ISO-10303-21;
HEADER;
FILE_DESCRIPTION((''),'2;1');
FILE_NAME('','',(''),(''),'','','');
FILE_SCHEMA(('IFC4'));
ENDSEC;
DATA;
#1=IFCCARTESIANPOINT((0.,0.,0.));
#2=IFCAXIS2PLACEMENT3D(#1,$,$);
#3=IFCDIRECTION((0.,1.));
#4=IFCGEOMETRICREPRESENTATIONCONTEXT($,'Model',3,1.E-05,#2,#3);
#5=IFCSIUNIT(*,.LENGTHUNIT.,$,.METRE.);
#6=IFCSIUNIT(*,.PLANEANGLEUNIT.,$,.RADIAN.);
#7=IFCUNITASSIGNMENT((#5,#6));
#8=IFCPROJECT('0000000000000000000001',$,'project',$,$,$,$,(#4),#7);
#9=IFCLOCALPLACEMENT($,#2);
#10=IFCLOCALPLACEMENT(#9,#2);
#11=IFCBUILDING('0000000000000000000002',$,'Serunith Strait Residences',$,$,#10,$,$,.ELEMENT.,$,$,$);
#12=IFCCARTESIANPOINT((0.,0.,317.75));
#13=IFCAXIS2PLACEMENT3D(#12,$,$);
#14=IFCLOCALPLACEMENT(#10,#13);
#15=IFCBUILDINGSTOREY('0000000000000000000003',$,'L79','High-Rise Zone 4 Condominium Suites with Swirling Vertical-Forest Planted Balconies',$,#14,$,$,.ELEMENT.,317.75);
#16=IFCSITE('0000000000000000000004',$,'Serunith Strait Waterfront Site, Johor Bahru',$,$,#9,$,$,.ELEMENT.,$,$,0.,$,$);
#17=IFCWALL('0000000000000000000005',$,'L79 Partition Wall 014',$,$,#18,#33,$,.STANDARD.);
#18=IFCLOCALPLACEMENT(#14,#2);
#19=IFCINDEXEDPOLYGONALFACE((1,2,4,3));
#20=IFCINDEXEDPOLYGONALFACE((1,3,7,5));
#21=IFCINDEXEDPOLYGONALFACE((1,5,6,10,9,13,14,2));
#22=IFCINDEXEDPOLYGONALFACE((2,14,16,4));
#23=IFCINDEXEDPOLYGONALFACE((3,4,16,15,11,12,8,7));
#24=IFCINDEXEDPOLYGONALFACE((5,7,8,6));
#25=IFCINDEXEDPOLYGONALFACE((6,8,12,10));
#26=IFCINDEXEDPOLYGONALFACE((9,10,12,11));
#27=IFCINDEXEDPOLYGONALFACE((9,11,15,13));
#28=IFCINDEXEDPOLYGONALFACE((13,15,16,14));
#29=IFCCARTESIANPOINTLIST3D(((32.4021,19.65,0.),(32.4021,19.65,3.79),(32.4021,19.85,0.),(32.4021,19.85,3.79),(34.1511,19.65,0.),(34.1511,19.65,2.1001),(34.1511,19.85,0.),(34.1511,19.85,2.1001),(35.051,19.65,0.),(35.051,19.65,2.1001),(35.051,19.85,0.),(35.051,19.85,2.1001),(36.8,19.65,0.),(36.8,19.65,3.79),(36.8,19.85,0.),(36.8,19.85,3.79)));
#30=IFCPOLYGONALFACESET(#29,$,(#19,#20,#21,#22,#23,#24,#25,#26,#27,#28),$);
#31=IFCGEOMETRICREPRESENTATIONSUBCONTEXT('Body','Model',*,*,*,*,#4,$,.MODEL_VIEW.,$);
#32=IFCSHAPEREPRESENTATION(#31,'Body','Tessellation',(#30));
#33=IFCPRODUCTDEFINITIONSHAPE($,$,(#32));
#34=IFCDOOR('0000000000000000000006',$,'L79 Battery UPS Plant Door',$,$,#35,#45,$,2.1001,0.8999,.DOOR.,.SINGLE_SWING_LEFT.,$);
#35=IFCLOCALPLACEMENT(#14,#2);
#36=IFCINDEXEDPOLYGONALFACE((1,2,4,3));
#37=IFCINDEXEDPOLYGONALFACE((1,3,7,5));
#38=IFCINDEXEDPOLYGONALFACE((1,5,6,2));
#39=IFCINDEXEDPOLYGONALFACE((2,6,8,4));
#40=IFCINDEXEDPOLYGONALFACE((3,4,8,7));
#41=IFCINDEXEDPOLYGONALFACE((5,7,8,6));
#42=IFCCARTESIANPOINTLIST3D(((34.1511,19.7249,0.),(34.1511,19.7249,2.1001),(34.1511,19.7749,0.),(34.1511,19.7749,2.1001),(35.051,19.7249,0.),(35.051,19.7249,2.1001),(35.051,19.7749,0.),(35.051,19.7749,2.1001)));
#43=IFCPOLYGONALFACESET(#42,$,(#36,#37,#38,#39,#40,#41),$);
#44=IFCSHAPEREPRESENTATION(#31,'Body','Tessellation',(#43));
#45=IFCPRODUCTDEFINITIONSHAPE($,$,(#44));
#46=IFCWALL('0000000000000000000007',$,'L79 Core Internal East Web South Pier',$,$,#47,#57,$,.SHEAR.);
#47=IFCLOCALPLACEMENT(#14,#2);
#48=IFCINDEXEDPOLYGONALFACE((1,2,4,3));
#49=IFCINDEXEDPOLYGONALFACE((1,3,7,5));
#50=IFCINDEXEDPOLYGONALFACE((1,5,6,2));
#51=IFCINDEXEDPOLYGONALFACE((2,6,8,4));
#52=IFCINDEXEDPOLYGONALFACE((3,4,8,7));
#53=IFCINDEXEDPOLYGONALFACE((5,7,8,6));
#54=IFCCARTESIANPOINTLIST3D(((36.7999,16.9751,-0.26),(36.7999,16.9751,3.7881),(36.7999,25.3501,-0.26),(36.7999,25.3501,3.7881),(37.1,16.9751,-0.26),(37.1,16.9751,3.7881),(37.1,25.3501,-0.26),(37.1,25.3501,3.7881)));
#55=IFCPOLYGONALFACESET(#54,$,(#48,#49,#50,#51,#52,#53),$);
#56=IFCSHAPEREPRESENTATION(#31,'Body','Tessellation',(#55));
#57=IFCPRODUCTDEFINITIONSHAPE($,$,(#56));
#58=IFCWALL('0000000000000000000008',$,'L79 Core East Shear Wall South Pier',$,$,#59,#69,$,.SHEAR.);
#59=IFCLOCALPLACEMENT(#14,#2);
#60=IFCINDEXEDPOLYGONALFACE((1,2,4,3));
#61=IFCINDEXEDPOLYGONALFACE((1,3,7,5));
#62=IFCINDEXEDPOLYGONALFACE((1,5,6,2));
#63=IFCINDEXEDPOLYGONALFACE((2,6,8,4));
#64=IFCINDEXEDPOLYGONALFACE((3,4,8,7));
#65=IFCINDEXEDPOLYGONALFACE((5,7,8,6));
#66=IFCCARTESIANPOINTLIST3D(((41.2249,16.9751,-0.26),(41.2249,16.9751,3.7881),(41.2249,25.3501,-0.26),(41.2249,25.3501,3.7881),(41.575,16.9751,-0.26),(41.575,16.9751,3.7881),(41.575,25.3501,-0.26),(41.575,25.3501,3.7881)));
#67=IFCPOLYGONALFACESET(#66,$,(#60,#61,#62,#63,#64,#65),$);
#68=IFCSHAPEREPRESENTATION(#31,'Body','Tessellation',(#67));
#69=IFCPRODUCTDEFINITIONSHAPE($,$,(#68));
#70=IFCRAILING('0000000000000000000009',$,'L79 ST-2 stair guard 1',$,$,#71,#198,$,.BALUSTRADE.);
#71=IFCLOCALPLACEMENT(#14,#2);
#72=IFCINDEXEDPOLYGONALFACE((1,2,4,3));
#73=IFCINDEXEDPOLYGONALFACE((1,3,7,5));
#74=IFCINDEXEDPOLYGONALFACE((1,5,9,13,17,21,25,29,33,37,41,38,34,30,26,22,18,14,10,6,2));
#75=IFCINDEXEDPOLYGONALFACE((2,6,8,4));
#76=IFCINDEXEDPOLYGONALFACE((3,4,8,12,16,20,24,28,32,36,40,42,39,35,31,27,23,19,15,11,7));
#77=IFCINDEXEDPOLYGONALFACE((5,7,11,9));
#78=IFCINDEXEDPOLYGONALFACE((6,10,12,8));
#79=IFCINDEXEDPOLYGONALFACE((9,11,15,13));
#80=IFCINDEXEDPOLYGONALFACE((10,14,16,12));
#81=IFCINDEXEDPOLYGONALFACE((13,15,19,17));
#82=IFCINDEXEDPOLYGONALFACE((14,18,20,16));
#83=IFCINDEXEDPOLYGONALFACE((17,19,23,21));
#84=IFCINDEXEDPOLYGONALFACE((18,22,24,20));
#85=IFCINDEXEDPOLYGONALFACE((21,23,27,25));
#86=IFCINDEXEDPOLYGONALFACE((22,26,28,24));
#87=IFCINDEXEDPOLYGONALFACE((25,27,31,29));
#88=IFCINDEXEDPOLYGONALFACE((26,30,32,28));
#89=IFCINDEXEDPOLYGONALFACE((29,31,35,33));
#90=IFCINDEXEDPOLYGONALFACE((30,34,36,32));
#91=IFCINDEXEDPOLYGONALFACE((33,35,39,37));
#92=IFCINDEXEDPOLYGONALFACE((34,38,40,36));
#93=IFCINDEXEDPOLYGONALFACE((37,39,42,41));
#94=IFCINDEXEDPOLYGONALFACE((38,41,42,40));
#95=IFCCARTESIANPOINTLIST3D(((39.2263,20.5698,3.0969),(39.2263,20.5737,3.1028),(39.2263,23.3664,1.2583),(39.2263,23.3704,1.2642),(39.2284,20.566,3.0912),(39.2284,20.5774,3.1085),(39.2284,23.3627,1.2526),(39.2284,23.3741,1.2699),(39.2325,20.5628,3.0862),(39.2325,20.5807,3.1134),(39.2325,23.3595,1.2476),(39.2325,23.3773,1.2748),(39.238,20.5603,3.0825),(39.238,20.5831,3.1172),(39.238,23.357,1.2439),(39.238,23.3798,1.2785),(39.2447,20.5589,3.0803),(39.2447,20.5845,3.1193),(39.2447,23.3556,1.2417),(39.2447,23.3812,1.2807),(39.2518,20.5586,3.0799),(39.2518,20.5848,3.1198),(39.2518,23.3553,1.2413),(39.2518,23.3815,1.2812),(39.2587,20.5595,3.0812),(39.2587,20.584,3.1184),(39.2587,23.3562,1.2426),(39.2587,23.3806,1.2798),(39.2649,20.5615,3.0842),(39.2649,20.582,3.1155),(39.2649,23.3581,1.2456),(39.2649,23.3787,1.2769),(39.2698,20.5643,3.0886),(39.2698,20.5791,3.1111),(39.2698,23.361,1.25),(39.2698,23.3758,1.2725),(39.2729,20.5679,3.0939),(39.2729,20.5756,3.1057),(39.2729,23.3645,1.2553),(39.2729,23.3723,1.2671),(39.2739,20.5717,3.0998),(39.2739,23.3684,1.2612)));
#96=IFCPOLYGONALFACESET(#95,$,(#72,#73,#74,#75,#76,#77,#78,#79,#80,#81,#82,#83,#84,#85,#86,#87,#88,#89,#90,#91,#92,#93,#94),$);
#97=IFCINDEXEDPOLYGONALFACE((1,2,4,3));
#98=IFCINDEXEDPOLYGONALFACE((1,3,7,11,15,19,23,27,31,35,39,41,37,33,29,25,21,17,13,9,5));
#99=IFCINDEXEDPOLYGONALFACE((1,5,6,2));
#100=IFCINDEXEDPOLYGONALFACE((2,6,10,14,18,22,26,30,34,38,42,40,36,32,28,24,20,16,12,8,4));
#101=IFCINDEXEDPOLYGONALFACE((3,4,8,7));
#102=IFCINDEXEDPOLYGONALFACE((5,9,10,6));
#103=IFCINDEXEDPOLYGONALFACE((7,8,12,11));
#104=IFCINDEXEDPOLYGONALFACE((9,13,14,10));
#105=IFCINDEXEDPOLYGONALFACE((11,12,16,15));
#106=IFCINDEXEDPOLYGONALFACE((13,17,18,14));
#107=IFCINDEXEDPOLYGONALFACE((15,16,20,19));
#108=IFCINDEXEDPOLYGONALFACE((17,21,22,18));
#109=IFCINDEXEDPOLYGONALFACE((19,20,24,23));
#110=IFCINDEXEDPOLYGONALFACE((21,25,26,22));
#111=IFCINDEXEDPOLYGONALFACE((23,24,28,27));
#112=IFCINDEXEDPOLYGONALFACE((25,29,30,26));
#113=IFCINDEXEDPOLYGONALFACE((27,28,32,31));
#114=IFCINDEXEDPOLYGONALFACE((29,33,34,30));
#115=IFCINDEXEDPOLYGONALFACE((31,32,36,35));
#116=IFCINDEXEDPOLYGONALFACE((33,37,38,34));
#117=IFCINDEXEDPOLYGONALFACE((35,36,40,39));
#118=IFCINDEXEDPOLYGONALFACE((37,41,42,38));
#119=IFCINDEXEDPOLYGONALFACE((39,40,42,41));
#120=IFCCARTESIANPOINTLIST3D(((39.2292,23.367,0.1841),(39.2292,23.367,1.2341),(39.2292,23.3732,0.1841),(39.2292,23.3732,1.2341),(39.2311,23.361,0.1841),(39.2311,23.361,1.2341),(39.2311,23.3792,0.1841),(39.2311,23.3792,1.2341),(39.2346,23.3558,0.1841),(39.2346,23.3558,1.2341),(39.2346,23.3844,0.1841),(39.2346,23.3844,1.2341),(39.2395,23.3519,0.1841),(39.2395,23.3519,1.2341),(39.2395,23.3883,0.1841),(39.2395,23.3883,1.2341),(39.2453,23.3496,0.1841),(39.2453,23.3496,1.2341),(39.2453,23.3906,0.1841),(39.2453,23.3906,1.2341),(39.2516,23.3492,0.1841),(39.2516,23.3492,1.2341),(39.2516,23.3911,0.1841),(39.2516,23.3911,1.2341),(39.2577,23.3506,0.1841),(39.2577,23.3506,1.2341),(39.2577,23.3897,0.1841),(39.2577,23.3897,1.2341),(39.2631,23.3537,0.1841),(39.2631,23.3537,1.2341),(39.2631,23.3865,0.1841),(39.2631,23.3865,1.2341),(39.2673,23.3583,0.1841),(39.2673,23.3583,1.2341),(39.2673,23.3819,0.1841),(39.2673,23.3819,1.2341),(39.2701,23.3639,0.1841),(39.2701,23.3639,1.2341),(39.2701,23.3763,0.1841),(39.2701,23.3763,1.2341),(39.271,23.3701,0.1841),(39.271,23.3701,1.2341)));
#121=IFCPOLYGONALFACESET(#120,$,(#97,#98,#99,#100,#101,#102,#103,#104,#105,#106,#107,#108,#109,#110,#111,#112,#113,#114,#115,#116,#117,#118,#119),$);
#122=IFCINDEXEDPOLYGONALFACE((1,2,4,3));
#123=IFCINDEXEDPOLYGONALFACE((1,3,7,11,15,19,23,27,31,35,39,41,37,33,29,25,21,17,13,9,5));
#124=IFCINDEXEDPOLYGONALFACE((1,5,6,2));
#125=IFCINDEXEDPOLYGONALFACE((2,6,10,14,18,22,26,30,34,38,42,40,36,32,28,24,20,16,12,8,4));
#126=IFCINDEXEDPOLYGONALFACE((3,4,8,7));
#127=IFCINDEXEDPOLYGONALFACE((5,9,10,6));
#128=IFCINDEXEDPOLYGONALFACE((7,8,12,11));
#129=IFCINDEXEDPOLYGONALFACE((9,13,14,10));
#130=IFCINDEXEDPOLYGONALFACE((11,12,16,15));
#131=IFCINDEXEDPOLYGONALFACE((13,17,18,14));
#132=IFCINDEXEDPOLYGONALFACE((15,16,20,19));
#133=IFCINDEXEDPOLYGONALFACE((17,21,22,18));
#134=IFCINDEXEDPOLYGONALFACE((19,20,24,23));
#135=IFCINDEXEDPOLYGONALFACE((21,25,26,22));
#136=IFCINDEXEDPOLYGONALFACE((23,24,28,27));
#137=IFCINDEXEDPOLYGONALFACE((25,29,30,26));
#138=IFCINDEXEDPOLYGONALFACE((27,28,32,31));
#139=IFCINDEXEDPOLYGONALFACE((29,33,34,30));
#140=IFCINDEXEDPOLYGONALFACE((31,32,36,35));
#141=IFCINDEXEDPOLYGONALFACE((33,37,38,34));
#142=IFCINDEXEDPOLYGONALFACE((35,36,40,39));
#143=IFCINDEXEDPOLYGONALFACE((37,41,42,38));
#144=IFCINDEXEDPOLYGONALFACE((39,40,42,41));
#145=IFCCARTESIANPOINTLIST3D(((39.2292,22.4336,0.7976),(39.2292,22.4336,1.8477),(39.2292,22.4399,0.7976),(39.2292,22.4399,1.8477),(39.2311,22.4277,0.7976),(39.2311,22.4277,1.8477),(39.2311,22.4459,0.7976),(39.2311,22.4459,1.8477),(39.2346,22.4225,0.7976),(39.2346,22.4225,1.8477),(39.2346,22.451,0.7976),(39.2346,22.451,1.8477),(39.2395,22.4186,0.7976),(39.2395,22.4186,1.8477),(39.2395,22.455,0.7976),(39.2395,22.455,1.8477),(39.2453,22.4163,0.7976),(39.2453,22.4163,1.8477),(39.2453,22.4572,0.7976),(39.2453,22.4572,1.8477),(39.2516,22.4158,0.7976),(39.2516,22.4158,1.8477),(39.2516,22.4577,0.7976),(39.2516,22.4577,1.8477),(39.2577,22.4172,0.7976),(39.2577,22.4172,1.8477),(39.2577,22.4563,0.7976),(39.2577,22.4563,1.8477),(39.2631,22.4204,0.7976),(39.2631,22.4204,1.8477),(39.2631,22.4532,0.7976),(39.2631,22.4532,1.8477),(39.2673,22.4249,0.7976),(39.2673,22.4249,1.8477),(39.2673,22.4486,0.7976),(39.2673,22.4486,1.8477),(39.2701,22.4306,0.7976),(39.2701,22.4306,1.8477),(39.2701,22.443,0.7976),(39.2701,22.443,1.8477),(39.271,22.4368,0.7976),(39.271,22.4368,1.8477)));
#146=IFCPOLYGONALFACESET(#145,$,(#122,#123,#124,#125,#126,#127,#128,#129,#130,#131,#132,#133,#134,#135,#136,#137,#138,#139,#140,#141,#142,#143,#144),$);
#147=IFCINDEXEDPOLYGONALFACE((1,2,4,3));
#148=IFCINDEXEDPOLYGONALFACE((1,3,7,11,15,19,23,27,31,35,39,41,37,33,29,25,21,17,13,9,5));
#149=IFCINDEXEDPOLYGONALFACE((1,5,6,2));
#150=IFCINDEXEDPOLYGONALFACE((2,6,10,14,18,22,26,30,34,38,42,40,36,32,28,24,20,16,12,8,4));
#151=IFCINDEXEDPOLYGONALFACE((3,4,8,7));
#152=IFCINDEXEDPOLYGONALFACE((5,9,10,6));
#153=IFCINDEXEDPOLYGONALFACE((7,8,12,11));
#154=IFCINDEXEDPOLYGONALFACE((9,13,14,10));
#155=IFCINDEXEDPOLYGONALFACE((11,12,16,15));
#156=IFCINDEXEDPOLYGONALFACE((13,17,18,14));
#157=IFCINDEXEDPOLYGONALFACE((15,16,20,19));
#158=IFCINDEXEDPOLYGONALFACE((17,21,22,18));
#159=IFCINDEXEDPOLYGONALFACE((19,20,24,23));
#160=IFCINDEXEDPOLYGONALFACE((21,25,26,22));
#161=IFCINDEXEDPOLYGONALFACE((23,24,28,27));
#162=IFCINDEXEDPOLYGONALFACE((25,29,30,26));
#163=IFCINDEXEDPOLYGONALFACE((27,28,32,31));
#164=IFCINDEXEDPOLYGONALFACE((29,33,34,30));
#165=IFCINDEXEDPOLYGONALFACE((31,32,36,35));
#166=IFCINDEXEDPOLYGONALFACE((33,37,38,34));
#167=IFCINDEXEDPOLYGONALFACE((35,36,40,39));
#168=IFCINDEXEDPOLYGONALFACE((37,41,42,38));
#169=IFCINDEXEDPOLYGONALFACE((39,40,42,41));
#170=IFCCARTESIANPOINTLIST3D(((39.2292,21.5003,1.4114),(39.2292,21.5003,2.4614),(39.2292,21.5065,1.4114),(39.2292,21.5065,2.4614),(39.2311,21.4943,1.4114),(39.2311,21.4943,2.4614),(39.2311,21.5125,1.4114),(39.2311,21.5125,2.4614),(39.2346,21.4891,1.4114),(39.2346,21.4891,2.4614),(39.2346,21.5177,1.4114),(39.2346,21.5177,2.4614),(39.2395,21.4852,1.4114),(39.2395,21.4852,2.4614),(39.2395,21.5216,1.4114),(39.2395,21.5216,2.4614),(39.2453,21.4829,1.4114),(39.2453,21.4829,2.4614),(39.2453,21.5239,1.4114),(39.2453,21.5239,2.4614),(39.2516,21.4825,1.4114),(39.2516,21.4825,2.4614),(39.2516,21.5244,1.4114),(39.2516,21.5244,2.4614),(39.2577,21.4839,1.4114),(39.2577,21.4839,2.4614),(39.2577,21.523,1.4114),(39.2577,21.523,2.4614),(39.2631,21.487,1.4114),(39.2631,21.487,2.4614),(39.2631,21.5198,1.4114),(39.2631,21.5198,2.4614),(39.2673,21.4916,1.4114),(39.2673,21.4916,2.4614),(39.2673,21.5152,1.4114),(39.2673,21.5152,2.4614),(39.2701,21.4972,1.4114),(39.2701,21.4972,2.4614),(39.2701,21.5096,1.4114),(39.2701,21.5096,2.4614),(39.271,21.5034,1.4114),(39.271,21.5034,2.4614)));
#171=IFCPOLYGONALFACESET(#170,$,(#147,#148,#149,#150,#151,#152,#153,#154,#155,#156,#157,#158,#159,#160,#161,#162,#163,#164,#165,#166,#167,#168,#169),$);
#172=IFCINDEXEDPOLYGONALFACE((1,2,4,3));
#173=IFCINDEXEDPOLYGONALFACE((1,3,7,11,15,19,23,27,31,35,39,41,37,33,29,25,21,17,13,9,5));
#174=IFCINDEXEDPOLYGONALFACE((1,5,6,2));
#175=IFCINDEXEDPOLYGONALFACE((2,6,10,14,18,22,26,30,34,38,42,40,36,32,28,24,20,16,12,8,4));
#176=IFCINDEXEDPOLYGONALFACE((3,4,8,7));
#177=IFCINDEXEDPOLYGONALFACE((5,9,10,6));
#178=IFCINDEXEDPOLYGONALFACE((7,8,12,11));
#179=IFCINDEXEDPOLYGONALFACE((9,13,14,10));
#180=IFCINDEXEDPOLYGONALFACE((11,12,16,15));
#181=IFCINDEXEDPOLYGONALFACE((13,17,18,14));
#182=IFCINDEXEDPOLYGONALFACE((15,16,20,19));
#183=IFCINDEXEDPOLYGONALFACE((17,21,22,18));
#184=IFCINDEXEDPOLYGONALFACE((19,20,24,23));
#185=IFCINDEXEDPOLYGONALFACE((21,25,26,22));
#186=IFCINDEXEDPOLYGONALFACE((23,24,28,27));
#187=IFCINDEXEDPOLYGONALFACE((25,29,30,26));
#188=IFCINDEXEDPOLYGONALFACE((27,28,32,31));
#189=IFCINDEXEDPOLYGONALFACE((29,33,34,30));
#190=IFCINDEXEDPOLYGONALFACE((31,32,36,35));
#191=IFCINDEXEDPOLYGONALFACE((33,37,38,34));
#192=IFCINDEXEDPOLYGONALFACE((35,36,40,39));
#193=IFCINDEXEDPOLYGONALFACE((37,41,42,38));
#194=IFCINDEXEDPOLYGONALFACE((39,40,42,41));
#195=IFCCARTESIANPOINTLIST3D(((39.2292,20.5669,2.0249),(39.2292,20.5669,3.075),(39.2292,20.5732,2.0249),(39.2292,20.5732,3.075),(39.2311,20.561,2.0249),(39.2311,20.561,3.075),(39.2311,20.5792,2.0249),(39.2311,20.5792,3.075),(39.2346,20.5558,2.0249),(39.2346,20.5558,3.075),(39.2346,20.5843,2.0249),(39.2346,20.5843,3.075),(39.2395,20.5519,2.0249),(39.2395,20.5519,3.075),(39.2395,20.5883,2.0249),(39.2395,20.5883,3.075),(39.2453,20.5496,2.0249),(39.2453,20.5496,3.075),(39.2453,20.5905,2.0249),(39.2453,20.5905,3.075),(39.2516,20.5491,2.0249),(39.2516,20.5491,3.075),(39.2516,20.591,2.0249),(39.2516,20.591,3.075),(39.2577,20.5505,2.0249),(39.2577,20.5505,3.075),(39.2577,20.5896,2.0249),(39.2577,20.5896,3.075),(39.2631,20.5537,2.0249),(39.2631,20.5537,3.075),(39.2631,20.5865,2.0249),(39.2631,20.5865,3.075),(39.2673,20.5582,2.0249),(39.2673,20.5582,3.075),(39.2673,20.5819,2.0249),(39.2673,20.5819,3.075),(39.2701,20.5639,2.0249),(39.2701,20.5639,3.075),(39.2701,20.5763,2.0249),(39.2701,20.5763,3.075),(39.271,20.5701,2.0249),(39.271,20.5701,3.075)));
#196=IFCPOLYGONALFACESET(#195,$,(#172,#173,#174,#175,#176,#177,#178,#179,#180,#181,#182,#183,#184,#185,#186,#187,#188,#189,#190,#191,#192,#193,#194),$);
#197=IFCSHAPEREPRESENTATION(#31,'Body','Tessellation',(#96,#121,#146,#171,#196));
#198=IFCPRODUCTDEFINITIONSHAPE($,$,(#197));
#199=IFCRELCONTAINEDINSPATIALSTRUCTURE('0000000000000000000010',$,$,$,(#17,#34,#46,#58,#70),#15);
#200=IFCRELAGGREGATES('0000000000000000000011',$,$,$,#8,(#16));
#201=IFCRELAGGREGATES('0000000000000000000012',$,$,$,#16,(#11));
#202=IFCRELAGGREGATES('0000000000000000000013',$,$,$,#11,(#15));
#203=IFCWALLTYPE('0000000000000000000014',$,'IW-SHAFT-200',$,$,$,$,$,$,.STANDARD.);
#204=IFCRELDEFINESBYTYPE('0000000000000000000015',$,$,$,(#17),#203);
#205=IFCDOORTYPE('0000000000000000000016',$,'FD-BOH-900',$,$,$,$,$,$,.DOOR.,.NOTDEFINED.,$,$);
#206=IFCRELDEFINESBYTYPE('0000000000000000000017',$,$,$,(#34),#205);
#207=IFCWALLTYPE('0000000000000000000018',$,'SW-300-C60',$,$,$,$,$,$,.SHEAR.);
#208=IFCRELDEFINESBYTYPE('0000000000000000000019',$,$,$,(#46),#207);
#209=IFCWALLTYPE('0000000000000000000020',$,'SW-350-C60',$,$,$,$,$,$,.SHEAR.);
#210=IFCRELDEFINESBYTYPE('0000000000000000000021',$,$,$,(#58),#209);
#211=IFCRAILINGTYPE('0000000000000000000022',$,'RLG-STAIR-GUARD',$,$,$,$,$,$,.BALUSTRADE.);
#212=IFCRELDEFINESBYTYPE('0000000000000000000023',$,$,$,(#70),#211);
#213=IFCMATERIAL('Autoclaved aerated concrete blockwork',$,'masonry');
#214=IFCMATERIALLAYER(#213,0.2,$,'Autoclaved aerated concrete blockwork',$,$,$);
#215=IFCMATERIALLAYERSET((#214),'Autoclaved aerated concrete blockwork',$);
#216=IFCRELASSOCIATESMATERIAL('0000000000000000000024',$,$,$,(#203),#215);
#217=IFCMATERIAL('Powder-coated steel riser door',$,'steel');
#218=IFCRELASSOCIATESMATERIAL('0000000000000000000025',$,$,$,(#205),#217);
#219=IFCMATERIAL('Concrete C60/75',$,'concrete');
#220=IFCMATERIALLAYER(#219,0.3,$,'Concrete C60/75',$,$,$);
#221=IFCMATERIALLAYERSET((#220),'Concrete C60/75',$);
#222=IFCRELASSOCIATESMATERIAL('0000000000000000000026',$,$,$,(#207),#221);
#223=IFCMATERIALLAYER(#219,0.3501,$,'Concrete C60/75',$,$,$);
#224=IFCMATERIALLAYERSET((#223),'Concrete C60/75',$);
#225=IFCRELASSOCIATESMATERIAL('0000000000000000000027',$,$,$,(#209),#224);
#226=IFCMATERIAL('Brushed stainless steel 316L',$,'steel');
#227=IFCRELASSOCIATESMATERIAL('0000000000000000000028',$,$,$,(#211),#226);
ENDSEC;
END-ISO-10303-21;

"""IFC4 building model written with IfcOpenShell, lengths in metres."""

from ifc_helpers import new_model, si_unit, direction, frame, frame_2d, origin, origin_2d, place, context, subcontext, project, spatial, rectangle, circle, extrude, source, transform, mapped, material, layer, layer_set, type_object, element, fill, save


model = new_model("IFC4")

# Units and contexts
model_context = context("Model", 3, precision=1e-05, world=origin(), true_north=direction((0.0, 1.0)))
body_context = subcontext(model_context, "Body", "Model", "MODEL_VIEW")
ifc_project = project(units=[si_unit("LENGTHUNIT", "METRE"), si_unit("PLANEANGLEUNIT", "RADIAN")], contexts=[model_context])

# Site, building, storey
site_placement = place(None, origin())
site = spatial("IfcSite", under=ifc_project, at=site_placement, Name="Serunith Strait Waterfront Site, Johor Bahru", CompositionType="ELEMENT", RefElevation=0.0)
building_placement = place(site_placement, origin())
building = spatial("IfcBuilding", under=site, at=building_placement, Name="Serunith Strait Residences", CompositionType="ELEMENT")
storey_placement = place(building_placement, frame((0.0, 0.0, 317.75)))
storey = spatial("IfcBuildingStorey", under=building, at=storey_placement, Name="L79", Description="High-Rise Zone 4 Condominium Suites with Swirling Vertical-Forest Planted Balconies", CompositionType="ELEMENT", Elevation=317.75)

# Shared definitions
ifc_material_1 = material(Name="Concrete C60/75", Category="concrete")

# Wall, opening, door
ifc_material_2 = material(Name="Autoclaved aerated concrete blockwork", Category="masonry")
ifc_layer_1 = layer(ifc_material_2, 0.2, Name="Autoclaved aerated concrete blockwork")
ifc_layer_set_1 = layer_set([ifc_layer_1], Name="Autoclaved aerated concrete blockwork")
wall_type_1 = type_object("IfcWallType", Name="IW-SHAFT-200", PredefinedType="STANDARD", material=ifc_layer_set_1)
wall_1_placement = place(storey_placement, frame((32.4021, 19.75, 0.0), z_axis=(0.0, 0.0, 1.0), x_axis=(1.0, 0.0, 0.0)))
wall_1 = element("IfcWall", 1, at=wall_1_placement, inside=storey, type_object=wall_type_1, Name="L79 Partition Wall 014", PredefinedType="STANDARD", context=body_context, shape_type="SweptSolid", body=[
    extrude(rectangle(XDim=4.3979, YDim=0.2, at=frame_2d((2.199, 0.0))), origin(), (0.0, 0.0, 1.0), 3.79),
])
opening_placement = place(wall_1_placement, frame((1.749, 0.0, 0.0)))
opening = element("IfcOpeningElement", 2, at=opening_placement, cuts=wall_1, PredefinedType="OPENING", context=body_context, shape_type="SweptSolid", body=[
    extrude(rectangle(XDim=0.8999, YDim=2.1001, at=frame_2d((0.45, 1.05))), frame((0.0, 0.1099, 0.0), z_axis=(0.0, -1.0, 0.0), x_axis=(1.0, 0.0, 0.0)), (0.0, 0.0, 1.0), 0.22),
])
ifc_material_3 = material(Name="Powder-coated steel riser door", Category="steel")
door_type = type_object("IfcDoorType", Name="FD-BOH-900", OperationType="NOTDEFINED", PredefinedType="DOOR", material=ifc_material_3)
shared_shape_1 = source(origin(), body_context, "Body", "SweptSolid", [
    extrude(rectangle(XDim=0.8999, YDim=2.1001, at=frame_2d((0.45, 1.05))), frame((0.0, 0.0249, 0.0), z_axis=(0.0, -1.0, 0.0), x_axis=(1.0, 0.0, 0.0)), (0.0, 0.0, 1.0), 0.05),
])
door_placement = place(opening_placement, origin())
door = element("IfcDoor", 3, at=door_placement, inside=storey, type_object=door_type, Name="L79 Battery UPS Plant Door", OperationType="SINGLE_SWING_LEFT", OverallHeight=2.1001, OverallWidth=0.8999, PredefinedType="DOOR", context=body_context, shape_type="MappedRepresentation", body=[
    mapped(shared_shape_1, transform((0.0, 0.0, 0.0), scale=1.0)),
])
fill(opening, door)

# Walls
ifc_layer_2 = layer(ifc_material_1, 0.3, Name="Concrete C60/75")
ifc_layer_set_2 = layer_set([ifc_layer_2], Name="Concrete C60/75")
wall_type_2 = type_object("IfcWallType", Name="SW-300-C60", PredefinedType="SHEAR", material=ifc_layer_set_2)
wall_2_placement = place(storey_placement, frame((36.95, 16.9751, -0.26), z_axis=(0.0, 0.0, 1.0), x_axis=(0.0, 1.0, 0.0)))
element("IfcWall", 4, at=wall_2_placement, inside=storey, type_object=wall_type_2, Name="L79 Core Internal East Web South Pier", PredefinedType="SHEAR", context=body_context, shape_type="SweptSolid", body=[
    extrude(rectangle(XDim=8.375, YDim=0.3, at=frame_2d((4.1875, 0.0))), origin(), (0.0, 0.0, 1.0), 4.0481),
])
ifc_layer_3 = layer(ifc_material_1, 0.3501, Name="Concrete C60/75")
ifc_layer_set_3 = layer_set([ifc_layer_3], Name="Concrete C60/75")
wall_type_3 = type_object("IfcWallType", Name="SW-350-C60", PredefinedType="SHEAR", material=ifc_layer_set_3)
wall_3_placement = place(storey_placement, frame((41.3999, 16.9751, -0.26), z_axis=(0.0, 0.0, 1.0), x_axis=(0.0, 1.0, 0.0)))
element("IfcWall", 5, at=wall_3_placement, inside=storey, type_object=wall_type_3, Name="L79 Core East Shear Wall South Pier", PredefinedType="SHEAR", context=body_context, shape_type="SweptSolid", body=[
    extrude(rectangle(XDim=8.375, YDim=0.3501, at=frame_2d((4.1875, 0.0))), origin(), (0.0, 0.0, 1.0), 4.0481),
])

# Railing
ifc_material_4 = material(Name="Brushed stainless steel 316L", Category="steel")
railing_type_1 = type_object("IfcRailingType", Name="RLG-STAIR-GUARD", PredefinedType="BALUSTRADE", material=ifc_material_4)
railing_1_placement = place(storey_placement, frame((39.25, 23.3701, 0.1841)))
element("IfcRailing", 6, at=railing_1_placement, inside=storey, type_object=railing_type_1, Name="L79 ST-2 stair guard 1", PredefinedType="BALUSTRADE", context=body_context, shape_type="SweptSolid", body=[
    extrude(circle(Radius=0.0239, at=origin_2d()), frame((0.0, -0.0017, 1.0771), z_axis=(0.0, -0.835598, 0.549342), x_axis=(1.0, 0.0, 0.0)), (0.0, 0.0, 1.0), 3.3469),
    extrude(circle(Radius=0.021, at=origin_2d()), origin(), (0.0, 0.0, 1.0), 1.05),
    extrude(circle(Radius=0.021, at=origin_2d()), frame((0.0, -0.9333, 0.6135)), (0.0, 0.0, 1.0), 1.05),
    extrude(circle(Radius=0.021, at=origin_2d()), frame((0.0, -1.8667, 1.2273)), (0.0, 0.0, 1.0), 1.05),
    extrude(circle(Radius=0.021, at=origin_2d()), frame((0.0, -2.8, 1.8408)), (0.0, 0.0, 1.0), 1.05),
])

save(model, "model.ifc")
